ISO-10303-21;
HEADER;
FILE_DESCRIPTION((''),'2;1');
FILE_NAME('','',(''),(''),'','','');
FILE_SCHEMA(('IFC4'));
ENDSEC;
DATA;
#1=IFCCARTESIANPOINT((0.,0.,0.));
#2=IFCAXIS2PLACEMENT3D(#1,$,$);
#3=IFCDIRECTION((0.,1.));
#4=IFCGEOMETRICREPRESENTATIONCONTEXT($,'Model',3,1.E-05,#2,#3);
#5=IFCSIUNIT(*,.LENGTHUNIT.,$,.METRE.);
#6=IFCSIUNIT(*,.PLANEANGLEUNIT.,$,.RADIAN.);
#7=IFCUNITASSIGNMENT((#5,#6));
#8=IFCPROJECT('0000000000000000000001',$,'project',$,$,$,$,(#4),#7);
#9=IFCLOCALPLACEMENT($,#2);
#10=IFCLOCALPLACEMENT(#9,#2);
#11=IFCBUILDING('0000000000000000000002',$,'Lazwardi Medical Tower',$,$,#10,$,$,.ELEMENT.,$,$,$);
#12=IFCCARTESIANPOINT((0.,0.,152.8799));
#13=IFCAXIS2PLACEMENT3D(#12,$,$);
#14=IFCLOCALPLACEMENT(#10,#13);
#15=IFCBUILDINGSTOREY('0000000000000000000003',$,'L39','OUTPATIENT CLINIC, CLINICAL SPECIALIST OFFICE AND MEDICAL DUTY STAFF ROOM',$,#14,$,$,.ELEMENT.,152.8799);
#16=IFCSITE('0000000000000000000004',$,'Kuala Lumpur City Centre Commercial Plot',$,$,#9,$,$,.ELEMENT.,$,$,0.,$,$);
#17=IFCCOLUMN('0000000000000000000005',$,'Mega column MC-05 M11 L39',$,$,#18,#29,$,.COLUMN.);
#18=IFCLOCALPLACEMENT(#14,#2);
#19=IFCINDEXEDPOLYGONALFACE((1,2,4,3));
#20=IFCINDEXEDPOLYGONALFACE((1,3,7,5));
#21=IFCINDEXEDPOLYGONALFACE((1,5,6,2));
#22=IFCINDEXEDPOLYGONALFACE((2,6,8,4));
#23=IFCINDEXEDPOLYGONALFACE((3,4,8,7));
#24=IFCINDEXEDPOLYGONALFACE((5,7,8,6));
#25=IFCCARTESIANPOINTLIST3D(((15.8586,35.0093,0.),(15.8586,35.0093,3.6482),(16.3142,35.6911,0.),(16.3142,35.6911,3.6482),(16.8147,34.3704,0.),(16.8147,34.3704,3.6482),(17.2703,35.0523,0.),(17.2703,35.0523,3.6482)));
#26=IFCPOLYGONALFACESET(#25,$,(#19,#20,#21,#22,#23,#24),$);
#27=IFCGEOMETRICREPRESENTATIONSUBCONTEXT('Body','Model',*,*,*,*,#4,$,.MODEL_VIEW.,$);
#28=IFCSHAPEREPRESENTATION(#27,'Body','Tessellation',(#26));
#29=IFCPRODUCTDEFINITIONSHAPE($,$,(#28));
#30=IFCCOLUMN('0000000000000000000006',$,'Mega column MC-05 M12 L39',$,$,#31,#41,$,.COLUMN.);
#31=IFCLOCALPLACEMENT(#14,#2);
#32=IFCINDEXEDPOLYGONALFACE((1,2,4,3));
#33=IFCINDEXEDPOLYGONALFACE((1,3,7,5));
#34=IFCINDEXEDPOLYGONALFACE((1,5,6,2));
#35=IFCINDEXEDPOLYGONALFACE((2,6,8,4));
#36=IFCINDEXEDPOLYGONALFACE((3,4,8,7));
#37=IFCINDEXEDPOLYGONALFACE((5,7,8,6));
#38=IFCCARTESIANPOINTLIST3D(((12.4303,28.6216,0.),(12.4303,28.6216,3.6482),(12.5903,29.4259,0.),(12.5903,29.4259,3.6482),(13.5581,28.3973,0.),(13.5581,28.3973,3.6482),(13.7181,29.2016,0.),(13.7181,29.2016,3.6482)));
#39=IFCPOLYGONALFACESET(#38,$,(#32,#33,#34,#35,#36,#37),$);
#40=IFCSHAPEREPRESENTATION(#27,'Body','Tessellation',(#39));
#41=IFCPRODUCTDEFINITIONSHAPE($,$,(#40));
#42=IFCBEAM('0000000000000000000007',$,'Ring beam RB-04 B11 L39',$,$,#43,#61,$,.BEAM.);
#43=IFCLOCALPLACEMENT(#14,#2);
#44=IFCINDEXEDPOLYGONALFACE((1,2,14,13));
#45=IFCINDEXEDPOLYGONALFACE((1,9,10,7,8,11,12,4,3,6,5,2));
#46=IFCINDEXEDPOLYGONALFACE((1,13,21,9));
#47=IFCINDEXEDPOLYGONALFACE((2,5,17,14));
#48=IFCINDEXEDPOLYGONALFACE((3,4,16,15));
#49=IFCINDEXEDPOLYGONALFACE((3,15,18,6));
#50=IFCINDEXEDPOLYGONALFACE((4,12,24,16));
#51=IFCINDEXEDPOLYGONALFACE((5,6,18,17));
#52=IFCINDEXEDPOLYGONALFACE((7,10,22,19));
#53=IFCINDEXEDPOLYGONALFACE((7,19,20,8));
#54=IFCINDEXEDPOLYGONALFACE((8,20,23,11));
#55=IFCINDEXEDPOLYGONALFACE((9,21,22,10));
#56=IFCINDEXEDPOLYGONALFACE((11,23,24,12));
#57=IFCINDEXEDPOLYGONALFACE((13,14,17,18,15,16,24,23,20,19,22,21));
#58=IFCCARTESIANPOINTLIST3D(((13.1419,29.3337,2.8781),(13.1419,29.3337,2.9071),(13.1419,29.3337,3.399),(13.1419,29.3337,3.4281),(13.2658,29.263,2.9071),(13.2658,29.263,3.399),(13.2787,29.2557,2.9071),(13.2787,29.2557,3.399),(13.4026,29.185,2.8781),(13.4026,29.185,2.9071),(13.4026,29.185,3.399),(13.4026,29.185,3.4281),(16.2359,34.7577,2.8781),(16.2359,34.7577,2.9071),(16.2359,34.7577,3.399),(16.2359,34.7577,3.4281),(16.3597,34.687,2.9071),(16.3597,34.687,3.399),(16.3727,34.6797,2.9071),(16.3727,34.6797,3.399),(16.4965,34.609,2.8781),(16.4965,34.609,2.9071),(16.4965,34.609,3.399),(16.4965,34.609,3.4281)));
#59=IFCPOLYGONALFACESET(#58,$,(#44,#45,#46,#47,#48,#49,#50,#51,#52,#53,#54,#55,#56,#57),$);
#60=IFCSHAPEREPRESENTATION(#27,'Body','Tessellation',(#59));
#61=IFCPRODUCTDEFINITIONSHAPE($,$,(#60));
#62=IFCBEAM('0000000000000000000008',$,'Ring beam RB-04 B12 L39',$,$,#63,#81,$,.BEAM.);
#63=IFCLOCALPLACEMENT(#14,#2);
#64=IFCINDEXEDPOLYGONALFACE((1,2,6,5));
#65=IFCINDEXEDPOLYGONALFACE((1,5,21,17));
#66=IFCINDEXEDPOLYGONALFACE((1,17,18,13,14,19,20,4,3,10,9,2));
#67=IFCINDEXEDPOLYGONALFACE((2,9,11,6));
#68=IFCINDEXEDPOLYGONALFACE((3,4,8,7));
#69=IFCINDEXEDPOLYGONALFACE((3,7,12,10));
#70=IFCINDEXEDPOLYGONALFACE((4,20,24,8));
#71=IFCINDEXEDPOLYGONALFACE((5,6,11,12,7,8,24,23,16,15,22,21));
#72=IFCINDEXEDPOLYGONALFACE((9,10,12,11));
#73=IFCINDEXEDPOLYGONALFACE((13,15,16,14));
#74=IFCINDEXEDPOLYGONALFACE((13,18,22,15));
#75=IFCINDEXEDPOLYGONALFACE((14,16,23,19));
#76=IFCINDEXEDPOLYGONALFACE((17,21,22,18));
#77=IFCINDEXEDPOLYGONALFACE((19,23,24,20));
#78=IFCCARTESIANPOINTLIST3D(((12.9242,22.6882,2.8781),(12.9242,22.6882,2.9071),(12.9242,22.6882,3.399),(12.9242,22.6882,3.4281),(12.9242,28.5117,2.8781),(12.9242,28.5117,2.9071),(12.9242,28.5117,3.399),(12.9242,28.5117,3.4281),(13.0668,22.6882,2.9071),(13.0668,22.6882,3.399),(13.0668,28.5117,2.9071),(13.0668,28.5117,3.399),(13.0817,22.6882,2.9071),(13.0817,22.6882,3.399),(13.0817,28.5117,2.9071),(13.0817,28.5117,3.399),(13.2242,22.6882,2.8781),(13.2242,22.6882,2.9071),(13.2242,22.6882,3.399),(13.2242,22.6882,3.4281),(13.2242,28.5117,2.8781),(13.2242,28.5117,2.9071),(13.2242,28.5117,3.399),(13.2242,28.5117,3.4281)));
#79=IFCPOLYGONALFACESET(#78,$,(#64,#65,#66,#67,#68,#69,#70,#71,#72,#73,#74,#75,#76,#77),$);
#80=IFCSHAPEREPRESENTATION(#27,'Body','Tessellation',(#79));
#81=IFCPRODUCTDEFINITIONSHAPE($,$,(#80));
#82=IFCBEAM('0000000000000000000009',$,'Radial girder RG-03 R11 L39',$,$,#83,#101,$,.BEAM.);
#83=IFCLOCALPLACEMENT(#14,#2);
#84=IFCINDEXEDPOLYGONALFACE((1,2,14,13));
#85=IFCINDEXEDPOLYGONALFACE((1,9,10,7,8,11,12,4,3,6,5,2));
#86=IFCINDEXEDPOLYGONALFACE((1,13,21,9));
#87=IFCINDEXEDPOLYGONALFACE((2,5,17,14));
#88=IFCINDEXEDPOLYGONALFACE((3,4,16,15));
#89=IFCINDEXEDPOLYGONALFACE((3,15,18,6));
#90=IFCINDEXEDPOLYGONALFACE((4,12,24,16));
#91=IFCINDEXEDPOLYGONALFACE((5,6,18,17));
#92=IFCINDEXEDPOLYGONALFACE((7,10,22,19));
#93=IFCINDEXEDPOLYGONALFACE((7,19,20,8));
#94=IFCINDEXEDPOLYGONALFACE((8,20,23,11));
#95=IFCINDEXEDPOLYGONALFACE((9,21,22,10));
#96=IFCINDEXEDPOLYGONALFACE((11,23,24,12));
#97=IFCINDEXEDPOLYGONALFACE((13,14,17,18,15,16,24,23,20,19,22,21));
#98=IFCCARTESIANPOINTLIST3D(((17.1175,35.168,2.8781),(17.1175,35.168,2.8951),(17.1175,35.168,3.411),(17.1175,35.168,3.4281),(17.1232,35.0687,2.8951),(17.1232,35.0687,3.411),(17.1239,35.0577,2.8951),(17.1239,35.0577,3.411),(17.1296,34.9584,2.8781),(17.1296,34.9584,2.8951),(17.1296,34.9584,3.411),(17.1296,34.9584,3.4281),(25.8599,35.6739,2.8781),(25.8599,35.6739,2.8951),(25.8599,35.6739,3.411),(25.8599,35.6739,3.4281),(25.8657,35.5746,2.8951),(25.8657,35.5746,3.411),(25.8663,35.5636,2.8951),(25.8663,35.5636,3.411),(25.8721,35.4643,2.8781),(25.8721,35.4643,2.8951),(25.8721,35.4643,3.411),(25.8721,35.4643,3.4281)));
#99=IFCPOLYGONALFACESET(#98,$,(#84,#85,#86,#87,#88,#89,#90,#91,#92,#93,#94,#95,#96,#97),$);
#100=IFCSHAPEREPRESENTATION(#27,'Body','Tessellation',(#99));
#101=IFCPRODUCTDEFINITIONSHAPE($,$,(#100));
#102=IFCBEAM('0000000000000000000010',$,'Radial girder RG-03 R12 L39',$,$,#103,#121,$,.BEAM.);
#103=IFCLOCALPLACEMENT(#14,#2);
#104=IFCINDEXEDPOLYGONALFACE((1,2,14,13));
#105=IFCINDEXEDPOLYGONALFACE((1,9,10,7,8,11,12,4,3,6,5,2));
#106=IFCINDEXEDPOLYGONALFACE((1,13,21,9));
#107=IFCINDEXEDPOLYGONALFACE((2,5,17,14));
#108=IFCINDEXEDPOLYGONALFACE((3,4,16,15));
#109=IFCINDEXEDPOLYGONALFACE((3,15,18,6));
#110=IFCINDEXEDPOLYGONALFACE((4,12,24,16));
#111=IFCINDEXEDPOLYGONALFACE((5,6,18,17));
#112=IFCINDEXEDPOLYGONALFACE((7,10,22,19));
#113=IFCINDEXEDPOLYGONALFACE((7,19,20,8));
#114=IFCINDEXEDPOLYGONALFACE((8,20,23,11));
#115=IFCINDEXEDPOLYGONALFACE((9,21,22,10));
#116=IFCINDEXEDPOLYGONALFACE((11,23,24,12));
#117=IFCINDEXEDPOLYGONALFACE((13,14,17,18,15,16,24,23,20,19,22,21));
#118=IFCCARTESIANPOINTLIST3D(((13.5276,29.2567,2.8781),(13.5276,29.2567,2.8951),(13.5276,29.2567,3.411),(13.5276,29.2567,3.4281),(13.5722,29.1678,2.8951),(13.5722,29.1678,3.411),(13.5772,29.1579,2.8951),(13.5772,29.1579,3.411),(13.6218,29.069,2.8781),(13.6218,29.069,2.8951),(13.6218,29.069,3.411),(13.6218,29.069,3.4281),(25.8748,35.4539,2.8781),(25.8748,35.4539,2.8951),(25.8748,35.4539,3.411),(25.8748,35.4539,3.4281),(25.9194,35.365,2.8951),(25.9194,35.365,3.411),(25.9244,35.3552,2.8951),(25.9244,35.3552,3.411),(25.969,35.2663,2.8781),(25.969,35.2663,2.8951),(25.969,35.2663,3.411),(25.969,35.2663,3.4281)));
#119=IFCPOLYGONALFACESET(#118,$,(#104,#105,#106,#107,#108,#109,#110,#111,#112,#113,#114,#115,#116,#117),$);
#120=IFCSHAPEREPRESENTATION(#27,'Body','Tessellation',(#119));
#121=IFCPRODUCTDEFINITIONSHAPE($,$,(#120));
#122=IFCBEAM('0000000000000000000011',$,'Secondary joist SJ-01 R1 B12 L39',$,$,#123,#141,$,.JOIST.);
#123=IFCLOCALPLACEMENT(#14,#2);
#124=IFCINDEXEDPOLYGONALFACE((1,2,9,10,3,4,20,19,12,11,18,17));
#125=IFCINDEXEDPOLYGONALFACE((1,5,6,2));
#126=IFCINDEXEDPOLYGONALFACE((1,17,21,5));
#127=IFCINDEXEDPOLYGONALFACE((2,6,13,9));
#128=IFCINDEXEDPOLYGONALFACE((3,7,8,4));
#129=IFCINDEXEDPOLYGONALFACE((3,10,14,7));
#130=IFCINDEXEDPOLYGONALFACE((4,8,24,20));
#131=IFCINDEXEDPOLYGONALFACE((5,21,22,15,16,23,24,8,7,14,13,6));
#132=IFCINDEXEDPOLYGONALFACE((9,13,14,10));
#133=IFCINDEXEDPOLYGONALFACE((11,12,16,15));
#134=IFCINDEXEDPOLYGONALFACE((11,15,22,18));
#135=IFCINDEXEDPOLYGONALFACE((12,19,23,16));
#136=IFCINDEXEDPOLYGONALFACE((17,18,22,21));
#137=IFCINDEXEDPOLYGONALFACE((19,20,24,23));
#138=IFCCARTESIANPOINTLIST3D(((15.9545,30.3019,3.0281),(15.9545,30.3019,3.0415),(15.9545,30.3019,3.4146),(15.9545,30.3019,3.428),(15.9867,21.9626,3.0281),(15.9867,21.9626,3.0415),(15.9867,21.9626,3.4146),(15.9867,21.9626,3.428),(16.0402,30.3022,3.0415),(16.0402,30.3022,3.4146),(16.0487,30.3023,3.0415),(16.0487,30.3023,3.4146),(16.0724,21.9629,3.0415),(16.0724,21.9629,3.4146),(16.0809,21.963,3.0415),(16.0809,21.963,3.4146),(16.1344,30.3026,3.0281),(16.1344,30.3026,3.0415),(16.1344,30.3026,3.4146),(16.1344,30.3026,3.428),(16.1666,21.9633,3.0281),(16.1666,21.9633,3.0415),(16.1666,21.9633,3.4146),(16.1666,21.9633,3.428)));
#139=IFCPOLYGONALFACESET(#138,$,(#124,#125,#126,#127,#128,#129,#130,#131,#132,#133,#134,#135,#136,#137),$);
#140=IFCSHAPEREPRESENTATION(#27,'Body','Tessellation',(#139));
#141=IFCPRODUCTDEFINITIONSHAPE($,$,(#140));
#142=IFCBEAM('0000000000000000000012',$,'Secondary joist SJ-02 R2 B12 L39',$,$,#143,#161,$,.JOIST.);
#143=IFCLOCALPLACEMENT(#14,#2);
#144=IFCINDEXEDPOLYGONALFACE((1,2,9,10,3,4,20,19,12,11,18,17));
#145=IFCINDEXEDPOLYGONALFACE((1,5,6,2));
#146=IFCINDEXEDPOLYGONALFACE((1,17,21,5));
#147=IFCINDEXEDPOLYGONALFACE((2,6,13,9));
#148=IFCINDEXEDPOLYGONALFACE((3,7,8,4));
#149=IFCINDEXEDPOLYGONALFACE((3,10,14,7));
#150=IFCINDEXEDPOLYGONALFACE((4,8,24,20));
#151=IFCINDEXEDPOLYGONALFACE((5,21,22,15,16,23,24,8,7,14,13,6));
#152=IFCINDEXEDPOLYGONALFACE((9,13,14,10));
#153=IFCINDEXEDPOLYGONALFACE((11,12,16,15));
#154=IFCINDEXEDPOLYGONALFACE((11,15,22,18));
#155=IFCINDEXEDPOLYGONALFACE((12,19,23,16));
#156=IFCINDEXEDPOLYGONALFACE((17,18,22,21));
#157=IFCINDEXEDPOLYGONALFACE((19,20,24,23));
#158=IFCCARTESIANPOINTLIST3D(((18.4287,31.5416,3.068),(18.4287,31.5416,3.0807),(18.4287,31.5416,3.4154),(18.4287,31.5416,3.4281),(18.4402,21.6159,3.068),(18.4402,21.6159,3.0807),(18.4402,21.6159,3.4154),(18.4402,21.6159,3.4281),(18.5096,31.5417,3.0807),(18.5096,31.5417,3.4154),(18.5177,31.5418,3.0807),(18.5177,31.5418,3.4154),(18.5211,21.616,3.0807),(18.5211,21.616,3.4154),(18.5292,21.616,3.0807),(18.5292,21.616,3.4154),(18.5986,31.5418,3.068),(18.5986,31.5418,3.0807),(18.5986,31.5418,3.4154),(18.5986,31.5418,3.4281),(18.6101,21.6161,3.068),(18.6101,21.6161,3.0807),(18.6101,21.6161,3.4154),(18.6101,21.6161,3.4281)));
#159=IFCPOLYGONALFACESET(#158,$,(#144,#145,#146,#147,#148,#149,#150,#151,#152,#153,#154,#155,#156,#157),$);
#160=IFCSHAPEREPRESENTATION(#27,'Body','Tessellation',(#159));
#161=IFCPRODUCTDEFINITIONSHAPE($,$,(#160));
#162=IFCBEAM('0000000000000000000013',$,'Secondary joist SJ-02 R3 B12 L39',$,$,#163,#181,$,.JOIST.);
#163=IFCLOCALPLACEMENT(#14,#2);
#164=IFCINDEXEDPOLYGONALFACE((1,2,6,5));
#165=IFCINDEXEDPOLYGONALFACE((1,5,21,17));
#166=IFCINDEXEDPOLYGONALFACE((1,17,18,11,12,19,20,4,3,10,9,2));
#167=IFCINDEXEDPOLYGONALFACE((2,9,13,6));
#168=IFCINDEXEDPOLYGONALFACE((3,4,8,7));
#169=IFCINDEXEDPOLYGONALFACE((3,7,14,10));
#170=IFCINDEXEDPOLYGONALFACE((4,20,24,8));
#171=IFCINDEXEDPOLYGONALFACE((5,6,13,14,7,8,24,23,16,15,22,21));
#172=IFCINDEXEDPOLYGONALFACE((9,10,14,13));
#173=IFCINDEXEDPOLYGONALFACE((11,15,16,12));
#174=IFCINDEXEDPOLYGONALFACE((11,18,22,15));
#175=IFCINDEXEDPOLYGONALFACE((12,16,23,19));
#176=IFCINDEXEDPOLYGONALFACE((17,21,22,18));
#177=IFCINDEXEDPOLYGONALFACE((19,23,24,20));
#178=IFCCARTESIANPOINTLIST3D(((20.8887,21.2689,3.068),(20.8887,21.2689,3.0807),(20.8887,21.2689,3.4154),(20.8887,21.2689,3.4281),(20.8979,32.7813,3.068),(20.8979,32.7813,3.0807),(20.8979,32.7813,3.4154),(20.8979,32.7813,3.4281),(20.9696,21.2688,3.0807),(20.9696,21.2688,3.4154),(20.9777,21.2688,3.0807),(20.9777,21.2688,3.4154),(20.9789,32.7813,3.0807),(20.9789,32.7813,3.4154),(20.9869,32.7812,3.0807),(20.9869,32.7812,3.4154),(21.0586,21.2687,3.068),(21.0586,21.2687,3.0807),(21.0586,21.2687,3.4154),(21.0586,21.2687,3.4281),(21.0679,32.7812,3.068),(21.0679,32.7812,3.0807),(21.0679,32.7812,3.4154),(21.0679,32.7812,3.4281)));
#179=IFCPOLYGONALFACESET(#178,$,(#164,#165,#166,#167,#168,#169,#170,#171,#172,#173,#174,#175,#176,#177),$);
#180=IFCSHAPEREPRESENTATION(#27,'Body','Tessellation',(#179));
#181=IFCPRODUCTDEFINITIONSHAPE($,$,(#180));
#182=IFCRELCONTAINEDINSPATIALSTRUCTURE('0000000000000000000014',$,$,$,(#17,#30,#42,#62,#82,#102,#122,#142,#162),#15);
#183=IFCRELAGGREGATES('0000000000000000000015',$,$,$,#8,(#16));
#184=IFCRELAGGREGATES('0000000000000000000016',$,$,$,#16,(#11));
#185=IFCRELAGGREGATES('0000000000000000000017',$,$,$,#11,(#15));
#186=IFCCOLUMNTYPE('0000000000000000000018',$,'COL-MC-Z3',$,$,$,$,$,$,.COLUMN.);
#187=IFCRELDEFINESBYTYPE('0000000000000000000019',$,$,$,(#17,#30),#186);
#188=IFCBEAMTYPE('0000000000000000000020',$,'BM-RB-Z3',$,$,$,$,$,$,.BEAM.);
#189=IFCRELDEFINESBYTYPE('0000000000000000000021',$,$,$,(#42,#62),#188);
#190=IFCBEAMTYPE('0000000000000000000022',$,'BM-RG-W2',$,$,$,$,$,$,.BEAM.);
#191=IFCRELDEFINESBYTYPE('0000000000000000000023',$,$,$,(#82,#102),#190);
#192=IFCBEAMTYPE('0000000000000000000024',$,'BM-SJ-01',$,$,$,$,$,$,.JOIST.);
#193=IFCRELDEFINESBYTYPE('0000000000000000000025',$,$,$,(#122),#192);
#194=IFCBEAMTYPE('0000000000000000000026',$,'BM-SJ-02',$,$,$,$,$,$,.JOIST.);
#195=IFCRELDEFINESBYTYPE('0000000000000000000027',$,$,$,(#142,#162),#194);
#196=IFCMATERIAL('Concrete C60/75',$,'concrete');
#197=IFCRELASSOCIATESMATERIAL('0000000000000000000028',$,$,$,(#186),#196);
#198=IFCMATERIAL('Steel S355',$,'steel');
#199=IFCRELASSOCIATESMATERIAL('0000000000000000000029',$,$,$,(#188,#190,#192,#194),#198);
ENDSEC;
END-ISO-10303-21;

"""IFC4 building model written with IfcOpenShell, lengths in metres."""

from ifc_helpers import new_model, si_unit, direction, frame, origin, origin_2d, place, context, subcontext, project, spatial, rectangle, i_section, extrude, material, material_profile, profile_set, type_object, element, save


model = new_model("IFC4")

# Units and contexts
model_context = context("Model", 3, precision=1e-05, world=origin(), true_north=direction((0.0, 1.0)))
body_context = subcontext(model_context, "Body", "Model", "MODEL_VIEW")
ifc_project = project(units=[si_unit("LENGTHUNIT", "METRE"), si_unit("PLANEANGLEUNIT", "RADIAN")], contexts=[model_context])

# Site, building, storey
site_placement = place(None, origin())
site = spatial("IfcSite", under=ifc_project, at=site_placement, Name="Kuala Lumpur City Centre Commercial Plot", CompositionType="ELEMENT", RefElevation=0.0)
building_placement = place(site_placement, origin())
building = spatial("IfcBuilding", under=site, at=building_placement, Name="Lazwardi Medical Tower", CompositionType="ELEMENT")
storey_placement = place(building_placement, frame((0.0, 0.0, 152.8799)))
storey = spatial("IfcBuildingStorey", under=building, at=storey_placement, Name="L39", Description="OUTPATIENT CLINIC, CLINICAL SPECIALIST OFFICE AND MEDICAL DUTY STAFF ROOM", CompositionType="ELEMENT", Elevation=152.8799)

# Columns
ifc_material_1 = material(Name="Concrete C60/75", Category="concrete")
ifc_material_profile_1 = material_profile(ifc_material_1, rectangle(XDim=1.1499, YDim=0.8201, at=origin_2d()), Name="CFT-RECT 1150x820")
ifc_profile_set_1 = profile_set([ifc_material_profile_1], Name="Concrete C60/75")
column_type = type_object("IfcColumnType", Name="COL-MC-Z3", PredefinedType="COLUMN", material=ifc_profile_set_1)
for number, where, z_axis, x_axis, name in (
    (1, (16.5645, 35.0308, 0.0), (0.0, 0.0, 1.0), (-0.83147, 0.55557, 0.0), "Mega column MC-05 M11 L39"),
    (2, (13.0742, 28.9116, 0.0), (0.0, 0.0, 1.0), (-0.980785, 0.19509, 0.0), "Mega column MC-05 M12 L39"),
):
    element("IfcColumn", number, at=place(storey_placement, frame(where, z_axis=z_axis, x_axis=x_axis)), inside=storey, type_object=column_type, Name=name, PredefinedType="COLUMN", context=body_context, shape_type="SweptSolid", body=[
        extrude(rectangle(XDim=1.1499, YDim=0.8201, at=origin_2d()), origin(), (0.0, 0.0, 1.0), 3.6482),
    ])

# Beams
ifc_material_2 = material(Name="Steel S355", Category="steel")
ifc_material_profile_2 = material_profile(ifc_material_2, i_section(OverallWidth=0.3, OverallDepth=0.55, WebThickness=0.0149, FlangeThickness=0.0291, at=origin_2d()), Name="HEB 550")
ifc_profile_set_2 = profile_set([ifc_material_profile_2], Name="Steel S355")
beam_type_1 = type_object("IfcBeamType", Name="BM-RB-Z3", PredefinedType="BEAM", material=ifc_profile_set_2)
beam_1_placement = place(storey_placement, frame((16.3662, 34.6833, 3.1531), z_axis=(-0.495478, -0.868621, 0.0), x_axis=(0.868621, -0.495478, 0.0)))
element("IfcBeam", 3, at=beam_1_placement, inside=storey, type_object=beam_type_1, Name="Ring beam RB-04 B11 L39", PredefinedType="BEAM", context=body_context, shape_type="SweptSolid", body=[
    extrude(i_section(OverallWidth=0.3, OverallDepth=0.55, WebThickness=0.0149, FlangeThickness=0.0291, at=origin_2d()), origin(), (0.0, 0.0, 1.0), 6.2444),
])
beam_2_placement = place(storey_placement, frame((13.0742, 28.5117, 3.1531), z_axis=(0.0, -1.0, 0.0), x_axis=(1.0, 0.0, 0.0)))
element("IfcBeam", 4, at=beam_2_placement, inside=storey, type_object=beam_type_1, Name="Ring beam RB-04 B12 L39", PredefinedType="BEAM", context=body_context, shape_type="SweptSolid", body=[
    extrude(i_section(OverallWidth=0.3, OverallDepth=0.55, WebThickness=0.0149, FlangeThickness=0.0291, at=origin_2d()), origin(), (0.0, 0.0, 1.0), 5.8235),
])
ifc_material_profile_3 = material_profile(ifc_material_2, i_section(OverallWidth=0.21, OverallDepth=0.55, WebThickness=0.011, FlangeThickness=0.0171, at=origin_2d()), Name="IPE 550")
ifc_profile_set_3 = profile_set([ifc_material_profile_3], Name="Steel S355")
beam_type_2 = type_object("IfcBeamType", Name="BM-RG-W2", PredefinedType="BEAM", material=ifc_profile_set_3)
beam_3_placement = place(storey_placement, frame((17.1235, 35.0632, 3.1531), z_axis=(0.99833, 0.057766, 0.0), x_axis=(-0.057766, 0.99833, 0.0)))
element("IfcBeam", 5, at=beam_3_placement, inside=storey, type_object=beam_type_2, Name="Radial girder RG-03 R11 L39", PredefinedType="BEAM", context=body_context, shape_type="SweptSolid", body=[
    extrude(i_section(OverallWidth=0.21, OverallDepth=0.55, WebThickness=0.011, FlangeThickness=0.0171, at=origin_2d()), origin(), (0.0, 0.0, 1.0), 8.7571),
])
beam_4_placement = place(storey_placement, frame((13.5747, 29.1628, 3.1531), z_axis=(0.89374, 0.448584, 0.0), x_axis=(-0.448584, 0.89374, 0.0)))
element("IfcBeam", 6, at=beam_4_placement, inside=storey, type_object=beam_type_2, Name="Radial girder RG-03 R12 L39", PredefinedType="BEAM", context=body_context, shape_type="SweptSolid", body=[
    extrude(i_section(OverallWidth=0.21, OverallDepth=0.55, WebThickness=0.011, FlangeThickness=0.0171, at=origin_2d()), origin(), (0.0, 0.0, 1.0), 13.8152),
])
ifc_material_profile_4 = material_profile(ifc_material_2, i_section(OverallWidth=0.1799, OverallDepth=0.3999, WebThickness=0.0085, FlangeThickness=0.0134, at=origin_2d()), Name="IPE 400")
ifc_profile_set_4 = profile_set([ifc_material_profile_4], Name="Steel S355")
beam_type_3 = type_object("IfcBeamType", Name="BM-SJ-01", PredefinedType="JOIST", material=ifc_profile_set_4)
beam_5_placement = place(storey_placement, frame((16.0444, 30.3022, 3.228), z_axis=(0.003864, -0.999993, 0.0), x_axis=(0.999993, 0.003864, 0.0)))
element("IfcBeam", 7, at=beam_5_placement, inside=storey, type_object=beam_type_3, Name="Secondary joist SJ-01 R1 B12 L39", PredefinedType="JOIST", context=body_context, shape_type="SweptSolid", body=[
    extrude(i_section(OverallWidth=0.1799, OverallDepth=0.3999, WebThickness=0.0085, FlangeThickness=0.0134, at=origin_2d()), origin(), (0.0, 0.0, 1.0), 8.3394),
])
ifc_material_profile_5 = material_profile(ifc_material_2, i_section(OverallWidth=0.1699, OverallDepth=0.3601, WebThickness=0.0081, FlangeThickness=0.0127, at=origin_2d()), Name="IPE 360")
ifc_profile_set_5 = profile_set([ifc_material_profile_5], Name="Steel S355")
beam_type_4 = type_object("IfcBeamType", Name="BM-SJ-02", PredefinedType="JOIST", material=ifc_profile_set_5)
beam_6_placement = place(storey_placement, frame((18.5137, 31.5417, 3.248), z_axis=(0.001156, -0.999999, 0.0), x_axis=(0.999999, 0.001156, 0.0)))
element("IfcBeam", 8, at=beam_6_placement, inside=storey, type_object=beam_type_4, Name="Secondary joist SJ-02 R2 B12 L39", PredefinedType="JOIST", context=body_context, shape_type="SweptSolid", body=[
    extrude(i_section(OverallWidth=0.1699, OverallDepth=0.3601, WebThickness=0.0081, FlangeThickness=0.0127, at=origin_2d()), origin(), (0.0, 0.0, 1.0), 9.9258),
])
beam_7_placement = place(storey_placement, frame((20.9829, 32.7812, 3.248), z_axis=(-0.000806, -1.0, 0.0), x_axis=(1.0, -0.000806, 0.0)))
element("IfcBeam", 9, at=beam_7_placement, inside=storey, type_object=beam_type_4, Name="Secondary joist SJ-02 R3 B12 L39", PredefinedType="JOIST", context=body_context, shape_type="SweptSolid", body=[
    extrude(i_section(OverallWidth=0.1699, OverallDepth=0.3601, WebThickness=0.0081, FlangeThickness=0.0127, at=origin_2d()), origin(), (0.0, 0.0, 1.0), 11.5125),
])

save(model, "model.ifc")
